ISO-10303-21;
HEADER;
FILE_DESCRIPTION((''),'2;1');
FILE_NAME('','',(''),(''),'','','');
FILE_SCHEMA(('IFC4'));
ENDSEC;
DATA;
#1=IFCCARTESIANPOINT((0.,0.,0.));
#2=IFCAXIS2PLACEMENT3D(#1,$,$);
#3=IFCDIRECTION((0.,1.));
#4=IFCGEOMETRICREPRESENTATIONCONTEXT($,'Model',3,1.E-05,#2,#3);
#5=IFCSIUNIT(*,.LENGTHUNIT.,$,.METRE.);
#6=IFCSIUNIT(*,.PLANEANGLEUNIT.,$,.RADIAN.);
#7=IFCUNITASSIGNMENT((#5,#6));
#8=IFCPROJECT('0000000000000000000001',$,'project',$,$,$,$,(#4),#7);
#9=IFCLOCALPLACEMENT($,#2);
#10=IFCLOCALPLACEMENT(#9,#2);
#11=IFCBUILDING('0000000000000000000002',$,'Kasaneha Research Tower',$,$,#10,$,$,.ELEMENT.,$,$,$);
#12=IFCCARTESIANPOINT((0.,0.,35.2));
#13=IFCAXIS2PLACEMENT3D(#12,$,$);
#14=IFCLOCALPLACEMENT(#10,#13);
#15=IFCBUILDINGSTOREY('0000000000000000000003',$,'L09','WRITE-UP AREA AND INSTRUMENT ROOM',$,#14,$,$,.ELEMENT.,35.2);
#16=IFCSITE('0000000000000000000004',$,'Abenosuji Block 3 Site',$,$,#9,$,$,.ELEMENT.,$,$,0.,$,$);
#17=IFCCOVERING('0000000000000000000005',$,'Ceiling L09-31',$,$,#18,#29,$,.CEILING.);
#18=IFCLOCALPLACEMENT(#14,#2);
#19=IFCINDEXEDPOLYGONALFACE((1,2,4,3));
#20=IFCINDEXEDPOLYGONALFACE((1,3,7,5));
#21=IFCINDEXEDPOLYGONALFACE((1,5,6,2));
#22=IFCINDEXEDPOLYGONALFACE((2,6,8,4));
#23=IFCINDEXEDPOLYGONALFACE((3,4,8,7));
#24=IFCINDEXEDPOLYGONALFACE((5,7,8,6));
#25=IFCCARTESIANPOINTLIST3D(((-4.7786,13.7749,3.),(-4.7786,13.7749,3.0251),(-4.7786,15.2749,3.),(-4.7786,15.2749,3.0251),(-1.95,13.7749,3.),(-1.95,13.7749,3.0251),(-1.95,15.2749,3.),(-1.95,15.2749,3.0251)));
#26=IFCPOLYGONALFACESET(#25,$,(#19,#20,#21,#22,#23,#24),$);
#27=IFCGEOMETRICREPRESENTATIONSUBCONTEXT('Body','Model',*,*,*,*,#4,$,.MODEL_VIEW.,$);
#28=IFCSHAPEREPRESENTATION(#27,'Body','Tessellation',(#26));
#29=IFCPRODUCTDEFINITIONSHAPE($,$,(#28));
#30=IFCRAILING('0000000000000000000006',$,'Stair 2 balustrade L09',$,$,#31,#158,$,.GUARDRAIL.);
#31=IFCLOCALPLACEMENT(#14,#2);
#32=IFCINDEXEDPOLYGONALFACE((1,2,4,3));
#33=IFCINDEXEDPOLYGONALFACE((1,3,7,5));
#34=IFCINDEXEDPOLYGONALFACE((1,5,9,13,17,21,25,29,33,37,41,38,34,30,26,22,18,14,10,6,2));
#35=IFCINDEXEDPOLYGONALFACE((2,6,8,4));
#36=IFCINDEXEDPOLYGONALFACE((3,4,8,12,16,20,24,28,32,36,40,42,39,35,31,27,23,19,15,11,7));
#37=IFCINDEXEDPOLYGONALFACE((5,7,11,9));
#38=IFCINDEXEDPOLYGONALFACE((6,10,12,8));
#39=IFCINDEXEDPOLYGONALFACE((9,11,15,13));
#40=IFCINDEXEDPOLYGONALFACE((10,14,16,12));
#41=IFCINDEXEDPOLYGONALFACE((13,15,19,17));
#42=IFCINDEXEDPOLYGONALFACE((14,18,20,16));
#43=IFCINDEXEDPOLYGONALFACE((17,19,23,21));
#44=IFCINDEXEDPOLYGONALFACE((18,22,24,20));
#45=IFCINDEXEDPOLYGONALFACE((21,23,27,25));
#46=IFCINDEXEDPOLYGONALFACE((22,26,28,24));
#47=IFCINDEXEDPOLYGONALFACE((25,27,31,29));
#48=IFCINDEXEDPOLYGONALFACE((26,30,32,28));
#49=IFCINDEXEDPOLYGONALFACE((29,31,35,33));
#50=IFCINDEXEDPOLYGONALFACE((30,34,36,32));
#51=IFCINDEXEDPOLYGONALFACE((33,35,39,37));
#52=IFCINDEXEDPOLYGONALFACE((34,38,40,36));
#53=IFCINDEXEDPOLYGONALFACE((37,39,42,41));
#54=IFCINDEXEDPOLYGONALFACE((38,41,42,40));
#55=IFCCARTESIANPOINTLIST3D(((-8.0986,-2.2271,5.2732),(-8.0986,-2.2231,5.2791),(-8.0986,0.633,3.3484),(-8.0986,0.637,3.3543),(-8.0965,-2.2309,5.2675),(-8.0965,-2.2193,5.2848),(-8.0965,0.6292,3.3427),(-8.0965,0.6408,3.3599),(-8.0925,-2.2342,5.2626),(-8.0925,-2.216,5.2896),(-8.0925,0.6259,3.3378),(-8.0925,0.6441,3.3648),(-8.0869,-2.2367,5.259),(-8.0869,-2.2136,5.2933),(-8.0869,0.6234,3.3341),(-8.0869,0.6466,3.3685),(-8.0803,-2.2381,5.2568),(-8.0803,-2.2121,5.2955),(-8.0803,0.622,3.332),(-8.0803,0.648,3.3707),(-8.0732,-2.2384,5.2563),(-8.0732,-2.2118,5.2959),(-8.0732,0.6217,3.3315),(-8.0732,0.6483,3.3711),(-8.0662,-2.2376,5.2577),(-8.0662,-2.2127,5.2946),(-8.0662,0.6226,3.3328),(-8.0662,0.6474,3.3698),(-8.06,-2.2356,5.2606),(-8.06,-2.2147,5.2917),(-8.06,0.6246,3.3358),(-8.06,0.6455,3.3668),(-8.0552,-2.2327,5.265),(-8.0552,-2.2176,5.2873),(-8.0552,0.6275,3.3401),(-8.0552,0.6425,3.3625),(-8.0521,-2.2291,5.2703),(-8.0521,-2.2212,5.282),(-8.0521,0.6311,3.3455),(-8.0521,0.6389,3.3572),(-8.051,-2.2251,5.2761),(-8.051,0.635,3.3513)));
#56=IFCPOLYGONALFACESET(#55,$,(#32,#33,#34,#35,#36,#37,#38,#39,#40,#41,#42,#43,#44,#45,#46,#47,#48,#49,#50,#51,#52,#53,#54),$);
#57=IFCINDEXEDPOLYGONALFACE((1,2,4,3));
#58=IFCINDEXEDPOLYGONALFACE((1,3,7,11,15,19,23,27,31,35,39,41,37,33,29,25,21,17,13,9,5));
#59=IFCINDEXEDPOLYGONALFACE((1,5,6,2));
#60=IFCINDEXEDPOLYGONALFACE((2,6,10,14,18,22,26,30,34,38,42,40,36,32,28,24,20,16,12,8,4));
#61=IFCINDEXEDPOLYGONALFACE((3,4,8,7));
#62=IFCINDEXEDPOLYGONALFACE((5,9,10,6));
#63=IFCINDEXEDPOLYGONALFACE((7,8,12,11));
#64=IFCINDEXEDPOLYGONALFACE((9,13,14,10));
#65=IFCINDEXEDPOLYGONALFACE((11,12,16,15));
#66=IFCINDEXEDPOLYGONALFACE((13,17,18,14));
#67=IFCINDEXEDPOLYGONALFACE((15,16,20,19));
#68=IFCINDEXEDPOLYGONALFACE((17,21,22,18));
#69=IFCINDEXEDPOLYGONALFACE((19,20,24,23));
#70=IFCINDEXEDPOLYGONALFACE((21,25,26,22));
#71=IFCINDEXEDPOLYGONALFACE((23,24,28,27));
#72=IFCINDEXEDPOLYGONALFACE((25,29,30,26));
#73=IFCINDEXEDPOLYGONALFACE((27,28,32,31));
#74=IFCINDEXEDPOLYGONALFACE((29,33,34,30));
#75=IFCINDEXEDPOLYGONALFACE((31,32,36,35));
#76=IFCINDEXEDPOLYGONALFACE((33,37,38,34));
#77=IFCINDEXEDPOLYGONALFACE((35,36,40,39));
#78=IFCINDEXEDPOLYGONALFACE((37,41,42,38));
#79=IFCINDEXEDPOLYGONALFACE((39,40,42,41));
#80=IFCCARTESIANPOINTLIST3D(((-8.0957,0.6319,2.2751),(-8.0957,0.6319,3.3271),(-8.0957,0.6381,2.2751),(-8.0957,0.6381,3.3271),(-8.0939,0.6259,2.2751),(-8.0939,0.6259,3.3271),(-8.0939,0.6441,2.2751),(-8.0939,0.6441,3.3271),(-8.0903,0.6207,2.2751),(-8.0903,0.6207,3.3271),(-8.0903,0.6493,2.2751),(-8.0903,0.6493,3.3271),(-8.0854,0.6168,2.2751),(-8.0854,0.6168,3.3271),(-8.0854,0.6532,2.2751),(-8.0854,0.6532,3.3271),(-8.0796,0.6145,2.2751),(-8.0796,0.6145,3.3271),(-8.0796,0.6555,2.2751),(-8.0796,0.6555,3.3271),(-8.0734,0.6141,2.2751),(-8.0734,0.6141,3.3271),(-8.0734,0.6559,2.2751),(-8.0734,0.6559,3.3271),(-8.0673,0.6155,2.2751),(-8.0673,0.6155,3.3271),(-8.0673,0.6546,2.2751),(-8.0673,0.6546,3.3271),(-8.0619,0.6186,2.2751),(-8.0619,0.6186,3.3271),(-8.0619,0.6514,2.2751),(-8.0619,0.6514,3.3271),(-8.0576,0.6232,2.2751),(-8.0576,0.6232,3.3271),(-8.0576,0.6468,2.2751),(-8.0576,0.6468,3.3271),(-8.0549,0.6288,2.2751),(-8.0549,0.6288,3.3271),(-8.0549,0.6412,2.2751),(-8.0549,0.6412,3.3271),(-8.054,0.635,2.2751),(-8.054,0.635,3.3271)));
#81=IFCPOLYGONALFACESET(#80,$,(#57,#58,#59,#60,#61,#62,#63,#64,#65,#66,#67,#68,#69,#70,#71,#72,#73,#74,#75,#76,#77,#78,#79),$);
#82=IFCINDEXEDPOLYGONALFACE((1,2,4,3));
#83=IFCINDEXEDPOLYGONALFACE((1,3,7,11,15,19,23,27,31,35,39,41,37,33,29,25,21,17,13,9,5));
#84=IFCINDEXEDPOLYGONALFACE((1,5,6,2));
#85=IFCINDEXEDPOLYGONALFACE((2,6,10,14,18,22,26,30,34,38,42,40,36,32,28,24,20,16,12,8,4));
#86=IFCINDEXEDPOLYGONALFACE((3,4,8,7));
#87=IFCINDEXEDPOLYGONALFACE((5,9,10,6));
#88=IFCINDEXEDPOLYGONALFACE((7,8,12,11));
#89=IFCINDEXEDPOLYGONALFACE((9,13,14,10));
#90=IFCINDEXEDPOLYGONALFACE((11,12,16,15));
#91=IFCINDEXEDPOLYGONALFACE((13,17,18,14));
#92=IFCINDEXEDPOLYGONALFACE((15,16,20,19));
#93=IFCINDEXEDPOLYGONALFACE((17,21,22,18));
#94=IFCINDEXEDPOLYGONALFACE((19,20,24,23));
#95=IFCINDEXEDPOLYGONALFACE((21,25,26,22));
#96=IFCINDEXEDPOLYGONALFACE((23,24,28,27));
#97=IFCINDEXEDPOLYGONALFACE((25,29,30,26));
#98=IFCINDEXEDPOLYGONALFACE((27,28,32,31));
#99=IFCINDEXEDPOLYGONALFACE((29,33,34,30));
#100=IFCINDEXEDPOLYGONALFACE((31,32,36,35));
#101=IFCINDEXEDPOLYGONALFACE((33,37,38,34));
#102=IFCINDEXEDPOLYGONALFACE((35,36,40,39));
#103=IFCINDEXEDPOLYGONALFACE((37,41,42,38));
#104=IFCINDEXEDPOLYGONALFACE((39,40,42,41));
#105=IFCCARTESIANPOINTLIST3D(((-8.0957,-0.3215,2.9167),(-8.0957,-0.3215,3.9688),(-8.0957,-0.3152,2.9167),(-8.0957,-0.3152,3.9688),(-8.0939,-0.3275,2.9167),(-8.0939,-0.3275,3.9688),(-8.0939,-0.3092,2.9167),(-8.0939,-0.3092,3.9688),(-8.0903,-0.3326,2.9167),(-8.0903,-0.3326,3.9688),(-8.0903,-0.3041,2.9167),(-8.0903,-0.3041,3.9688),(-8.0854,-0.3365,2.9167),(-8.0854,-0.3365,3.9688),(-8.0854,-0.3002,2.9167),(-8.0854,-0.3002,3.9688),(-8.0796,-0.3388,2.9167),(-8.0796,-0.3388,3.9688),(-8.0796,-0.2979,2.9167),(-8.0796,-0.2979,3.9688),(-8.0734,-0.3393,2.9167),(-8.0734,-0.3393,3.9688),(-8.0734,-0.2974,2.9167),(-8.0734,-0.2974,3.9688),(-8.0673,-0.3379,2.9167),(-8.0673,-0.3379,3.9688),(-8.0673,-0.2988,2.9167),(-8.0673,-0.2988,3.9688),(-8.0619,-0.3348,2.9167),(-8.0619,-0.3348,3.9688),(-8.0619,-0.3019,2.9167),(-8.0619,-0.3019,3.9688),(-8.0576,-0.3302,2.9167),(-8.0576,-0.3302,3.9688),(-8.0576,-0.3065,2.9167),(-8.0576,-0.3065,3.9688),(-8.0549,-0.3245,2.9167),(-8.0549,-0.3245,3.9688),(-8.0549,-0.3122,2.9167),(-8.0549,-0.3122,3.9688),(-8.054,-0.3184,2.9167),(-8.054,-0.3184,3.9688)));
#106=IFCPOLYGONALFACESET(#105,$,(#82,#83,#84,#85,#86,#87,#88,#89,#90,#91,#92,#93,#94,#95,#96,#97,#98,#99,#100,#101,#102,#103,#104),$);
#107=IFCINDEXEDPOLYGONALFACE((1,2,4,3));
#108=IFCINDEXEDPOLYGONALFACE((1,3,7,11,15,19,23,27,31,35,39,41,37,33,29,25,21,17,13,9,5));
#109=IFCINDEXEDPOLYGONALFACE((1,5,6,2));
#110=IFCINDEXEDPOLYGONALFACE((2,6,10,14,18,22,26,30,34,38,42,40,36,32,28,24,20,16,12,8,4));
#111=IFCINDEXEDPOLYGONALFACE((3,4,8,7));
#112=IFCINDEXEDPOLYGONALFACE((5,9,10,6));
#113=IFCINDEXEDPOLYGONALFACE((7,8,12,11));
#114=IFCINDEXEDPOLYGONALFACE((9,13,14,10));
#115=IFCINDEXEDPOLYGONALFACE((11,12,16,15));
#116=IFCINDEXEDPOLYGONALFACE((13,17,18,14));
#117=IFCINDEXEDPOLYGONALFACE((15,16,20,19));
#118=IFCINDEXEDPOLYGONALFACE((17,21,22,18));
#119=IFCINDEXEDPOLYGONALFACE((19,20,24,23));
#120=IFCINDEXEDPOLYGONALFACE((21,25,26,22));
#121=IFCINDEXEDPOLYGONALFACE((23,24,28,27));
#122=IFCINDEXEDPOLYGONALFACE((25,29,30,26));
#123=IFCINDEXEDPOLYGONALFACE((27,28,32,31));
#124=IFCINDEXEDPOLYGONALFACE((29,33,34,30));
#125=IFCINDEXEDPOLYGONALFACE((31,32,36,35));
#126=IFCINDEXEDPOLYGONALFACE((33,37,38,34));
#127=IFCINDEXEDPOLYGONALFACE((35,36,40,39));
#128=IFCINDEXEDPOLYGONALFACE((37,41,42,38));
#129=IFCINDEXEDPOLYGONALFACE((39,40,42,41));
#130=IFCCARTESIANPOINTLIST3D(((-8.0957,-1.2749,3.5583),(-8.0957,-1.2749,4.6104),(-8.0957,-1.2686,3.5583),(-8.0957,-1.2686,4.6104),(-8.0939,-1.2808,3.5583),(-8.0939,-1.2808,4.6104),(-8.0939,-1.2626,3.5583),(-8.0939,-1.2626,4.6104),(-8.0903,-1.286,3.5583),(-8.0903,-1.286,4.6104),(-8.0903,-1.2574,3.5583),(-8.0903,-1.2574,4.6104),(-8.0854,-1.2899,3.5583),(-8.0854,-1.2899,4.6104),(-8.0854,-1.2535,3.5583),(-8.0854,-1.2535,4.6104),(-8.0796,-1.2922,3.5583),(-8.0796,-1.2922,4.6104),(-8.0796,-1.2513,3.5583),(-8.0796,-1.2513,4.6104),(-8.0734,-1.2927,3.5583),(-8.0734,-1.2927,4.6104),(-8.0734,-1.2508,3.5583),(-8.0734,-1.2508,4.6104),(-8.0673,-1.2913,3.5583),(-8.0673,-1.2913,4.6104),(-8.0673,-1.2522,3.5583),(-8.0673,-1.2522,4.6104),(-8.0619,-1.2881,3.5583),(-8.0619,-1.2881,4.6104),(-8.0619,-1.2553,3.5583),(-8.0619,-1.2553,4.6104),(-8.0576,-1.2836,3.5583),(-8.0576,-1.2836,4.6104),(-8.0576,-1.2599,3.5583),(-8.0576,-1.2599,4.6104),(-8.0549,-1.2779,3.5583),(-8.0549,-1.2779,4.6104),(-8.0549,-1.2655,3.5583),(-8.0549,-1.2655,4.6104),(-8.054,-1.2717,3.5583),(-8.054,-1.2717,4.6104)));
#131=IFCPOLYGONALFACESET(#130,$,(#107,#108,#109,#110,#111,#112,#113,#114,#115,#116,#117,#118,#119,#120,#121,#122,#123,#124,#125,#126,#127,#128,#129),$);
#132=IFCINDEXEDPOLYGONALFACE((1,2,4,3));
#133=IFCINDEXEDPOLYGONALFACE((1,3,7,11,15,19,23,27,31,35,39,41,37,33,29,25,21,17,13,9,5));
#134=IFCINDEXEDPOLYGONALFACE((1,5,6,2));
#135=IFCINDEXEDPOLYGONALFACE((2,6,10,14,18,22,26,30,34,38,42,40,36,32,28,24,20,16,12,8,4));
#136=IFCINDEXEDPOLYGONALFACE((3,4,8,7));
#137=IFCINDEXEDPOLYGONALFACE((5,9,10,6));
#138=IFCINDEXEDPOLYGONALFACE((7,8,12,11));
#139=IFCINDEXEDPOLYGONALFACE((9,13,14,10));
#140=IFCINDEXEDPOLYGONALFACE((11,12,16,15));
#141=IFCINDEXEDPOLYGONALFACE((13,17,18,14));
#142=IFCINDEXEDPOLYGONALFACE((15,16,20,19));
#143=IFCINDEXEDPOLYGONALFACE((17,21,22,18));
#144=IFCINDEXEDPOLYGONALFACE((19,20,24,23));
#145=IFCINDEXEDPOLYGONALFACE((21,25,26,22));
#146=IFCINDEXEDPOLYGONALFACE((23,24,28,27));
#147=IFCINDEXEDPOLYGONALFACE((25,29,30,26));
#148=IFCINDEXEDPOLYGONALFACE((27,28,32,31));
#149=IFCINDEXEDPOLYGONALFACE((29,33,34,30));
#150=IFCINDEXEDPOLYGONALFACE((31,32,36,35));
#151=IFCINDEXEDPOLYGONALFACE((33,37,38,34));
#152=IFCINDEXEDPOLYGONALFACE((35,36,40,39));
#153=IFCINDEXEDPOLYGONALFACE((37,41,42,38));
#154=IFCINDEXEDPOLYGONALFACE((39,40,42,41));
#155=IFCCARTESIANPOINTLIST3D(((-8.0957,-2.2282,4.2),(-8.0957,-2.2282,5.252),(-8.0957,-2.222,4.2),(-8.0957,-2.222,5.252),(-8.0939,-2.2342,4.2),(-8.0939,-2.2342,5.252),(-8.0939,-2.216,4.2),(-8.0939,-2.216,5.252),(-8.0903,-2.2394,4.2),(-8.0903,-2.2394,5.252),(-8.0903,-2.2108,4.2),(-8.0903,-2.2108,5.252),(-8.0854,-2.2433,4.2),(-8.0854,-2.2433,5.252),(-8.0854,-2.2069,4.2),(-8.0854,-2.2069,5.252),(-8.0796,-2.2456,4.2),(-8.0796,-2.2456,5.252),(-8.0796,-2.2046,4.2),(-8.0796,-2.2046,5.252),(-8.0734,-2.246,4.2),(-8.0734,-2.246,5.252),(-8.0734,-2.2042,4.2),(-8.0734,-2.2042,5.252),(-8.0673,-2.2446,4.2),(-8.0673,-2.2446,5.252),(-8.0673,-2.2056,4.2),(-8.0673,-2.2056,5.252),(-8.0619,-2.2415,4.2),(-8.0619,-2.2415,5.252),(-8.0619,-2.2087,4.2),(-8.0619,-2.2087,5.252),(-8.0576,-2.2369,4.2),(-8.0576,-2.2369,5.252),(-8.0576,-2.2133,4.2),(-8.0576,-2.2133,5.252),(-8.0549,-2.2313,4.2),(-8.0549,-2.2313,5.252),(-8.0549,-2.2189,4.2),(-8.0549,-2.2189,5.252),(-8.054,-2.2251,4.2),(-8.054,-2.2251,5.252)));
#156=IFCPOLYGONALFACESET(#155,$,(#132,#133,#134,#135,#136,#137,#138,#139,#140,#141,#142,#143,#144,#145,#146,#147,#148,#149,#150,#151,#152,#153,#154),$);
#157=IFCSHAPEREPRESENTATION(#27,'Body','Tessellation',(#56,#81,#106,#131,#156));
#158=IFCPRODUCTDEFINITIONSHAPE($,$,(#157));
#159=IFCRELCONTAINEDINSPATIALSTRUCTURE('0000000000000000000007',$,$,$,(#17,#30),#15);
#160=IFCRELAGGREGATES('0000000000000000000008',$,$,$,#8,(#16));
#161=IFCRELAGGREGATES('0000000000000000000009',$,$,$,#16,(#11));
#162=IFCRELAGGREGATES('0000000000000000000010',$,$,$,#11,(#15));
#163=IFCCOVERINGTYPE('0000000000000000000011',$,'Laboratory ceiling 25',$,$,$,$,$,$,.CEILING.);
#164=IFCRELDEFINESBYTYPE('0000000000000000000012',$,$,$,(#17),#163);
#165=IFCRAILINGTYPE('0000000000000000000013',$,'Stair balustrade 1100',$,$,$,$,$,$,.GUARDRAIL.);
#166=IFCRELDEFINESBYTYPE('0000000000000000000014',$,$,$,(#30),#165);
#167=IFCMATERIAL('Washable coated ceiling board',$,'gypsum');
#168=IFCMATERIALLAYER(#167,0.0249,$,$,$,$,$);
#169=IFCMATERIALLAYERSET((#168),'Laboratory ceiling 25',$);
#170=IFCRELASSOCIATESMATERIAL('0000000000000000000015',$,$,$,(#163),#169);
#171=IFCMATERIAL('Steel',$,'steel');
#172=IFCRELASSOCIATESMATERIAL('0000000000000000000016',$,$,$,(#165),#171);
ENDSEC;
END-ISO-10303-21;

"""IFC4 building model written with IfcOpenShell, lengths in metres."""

from ifc_helpers import new_model, si_unit, direction, frame, origin, origin_2d, place, context, subcontext, project, spatial, polyline, circle, outline, extrude, material, layer, layer_set, type_object, element, save


model = new_model("IFC4")

# Units and contexts
model_context = context("Model", 3, precision=1e-05, world=origin(), true_north=direction((0.0, 1.0)))
body_context = subcontext(model_context, "Body", "Model", "MODEL_VIEW")
ifc_project = project(units=[si_unit("LENGTHUNIT", "METRE"), si_unit("PLANEANGLEUNIT", "RADIAN")], contexts=[model_context])

# Site, building, storey
site_placement = place(None, origin())
site = spatial("IfcSite", under=ifc_project, at=site_placement, Name="Abenosuji Block 3 Site", CompositionType="ELEMENT", RefElevation=0.0)
building_placement = place(site_placement, origin())
building = spatial("IfcBuilding", under=site, at=building_placement, Name="Kasaneha Research Tower", CompositionType="ELEMENT")
storey_placement = place(building_placement, frame((0.0, 0.0, 35.2)))
storey = spatial("IfcBuildingStorey", under=building, at=storey_placement, Name="L09", Description="WRITE-UP AREA AND INSTRUMENT ROOM", CompositionType="ELEMENT", Elevation=35.2)

# Covering
ifc_material_1 = material(Name="Washable coated ceiling board", Category="gypsum")
ifc_layer_1 = layer(ifc_material_1, 0.0249)
ifc_layer_set_1 = layer_set([ifc_layer_1], Name="Laboratory ceiling 25")
covering_type = type_object("IfcCoveringType", Name="Laboratory ceiling 25", PredefinedType="CEILING", material=ifc_layer_set_1)
covering_placement = place(storey_placement, frame((0.0, 0.0, 3.0)))
element("IfcCovering", 1, at=covering_placement, inside=storey, type_object=covering_type, Name="Ceiling L09-31", PredefinedType="CEILING", context=body_context, shape_type="SweptSolid", body=[
    extrude(outline(polyline([(-4.7786, 15.2749), (-1.95, 15.2749), (-1.95, 13.7749), (-4.7786, 13.7749), (-4.7786, 15.2749)])), origin(), (0.0, 0.0, 1.0), 0.0251),
])

# Railing
ifc_material_2 = material(Name="Steel", Category="steel")
railing_type_1 = type_object("IfcRailingType", Name="Stair balustrade 1100", PredefinedType="GUARDRAIL", material=ifc_material_2)
railing_1_placement = place(storey_placement, frame((-8.075, 0.635, 2.2751)))
element("IfcRailing", 2, at=railing_1_placement, inside=storey, type_object=railing_type_1, Name="Stair 2 balustrade L09", PredefinedType="GUARDRAIL", context=body_context, shape_type="SweptSolid", body=[
    extrude(circle(Radius=0.0239, at=origin_2d()), frame((0.0, 0.0, 1.0762), z_axis=(0.0, -0.829624, 0.558323), x_axis=(1.0, 0.0, 0.0)), (0.0, 0.0, 1.0), 3.4475),
    extrude(circle(Radius=0.021, at=origin_2d()), origin(), (0.0, 0.0, 1.0), 1.052),
    extrude(circle(Radius=0.021, at=origin_2d()), frame((0.0, -0.9534, 0.6416)), (0.0, 0.0, 1.0), 1.052),
    extrude(circle(Radius=0.021, at=origin_2d()), frame((0.0, -1.9067, 1.2832)), (0.0, 0.0, 1.0), 1.052),
    extrude(circle(Radius=0.021, at=origin_2d()), frame((0.0, -2.8601, 1.9248)), (0.0, 0.0, 1.0), 1.052),
])

save(model, "model.ifc")
